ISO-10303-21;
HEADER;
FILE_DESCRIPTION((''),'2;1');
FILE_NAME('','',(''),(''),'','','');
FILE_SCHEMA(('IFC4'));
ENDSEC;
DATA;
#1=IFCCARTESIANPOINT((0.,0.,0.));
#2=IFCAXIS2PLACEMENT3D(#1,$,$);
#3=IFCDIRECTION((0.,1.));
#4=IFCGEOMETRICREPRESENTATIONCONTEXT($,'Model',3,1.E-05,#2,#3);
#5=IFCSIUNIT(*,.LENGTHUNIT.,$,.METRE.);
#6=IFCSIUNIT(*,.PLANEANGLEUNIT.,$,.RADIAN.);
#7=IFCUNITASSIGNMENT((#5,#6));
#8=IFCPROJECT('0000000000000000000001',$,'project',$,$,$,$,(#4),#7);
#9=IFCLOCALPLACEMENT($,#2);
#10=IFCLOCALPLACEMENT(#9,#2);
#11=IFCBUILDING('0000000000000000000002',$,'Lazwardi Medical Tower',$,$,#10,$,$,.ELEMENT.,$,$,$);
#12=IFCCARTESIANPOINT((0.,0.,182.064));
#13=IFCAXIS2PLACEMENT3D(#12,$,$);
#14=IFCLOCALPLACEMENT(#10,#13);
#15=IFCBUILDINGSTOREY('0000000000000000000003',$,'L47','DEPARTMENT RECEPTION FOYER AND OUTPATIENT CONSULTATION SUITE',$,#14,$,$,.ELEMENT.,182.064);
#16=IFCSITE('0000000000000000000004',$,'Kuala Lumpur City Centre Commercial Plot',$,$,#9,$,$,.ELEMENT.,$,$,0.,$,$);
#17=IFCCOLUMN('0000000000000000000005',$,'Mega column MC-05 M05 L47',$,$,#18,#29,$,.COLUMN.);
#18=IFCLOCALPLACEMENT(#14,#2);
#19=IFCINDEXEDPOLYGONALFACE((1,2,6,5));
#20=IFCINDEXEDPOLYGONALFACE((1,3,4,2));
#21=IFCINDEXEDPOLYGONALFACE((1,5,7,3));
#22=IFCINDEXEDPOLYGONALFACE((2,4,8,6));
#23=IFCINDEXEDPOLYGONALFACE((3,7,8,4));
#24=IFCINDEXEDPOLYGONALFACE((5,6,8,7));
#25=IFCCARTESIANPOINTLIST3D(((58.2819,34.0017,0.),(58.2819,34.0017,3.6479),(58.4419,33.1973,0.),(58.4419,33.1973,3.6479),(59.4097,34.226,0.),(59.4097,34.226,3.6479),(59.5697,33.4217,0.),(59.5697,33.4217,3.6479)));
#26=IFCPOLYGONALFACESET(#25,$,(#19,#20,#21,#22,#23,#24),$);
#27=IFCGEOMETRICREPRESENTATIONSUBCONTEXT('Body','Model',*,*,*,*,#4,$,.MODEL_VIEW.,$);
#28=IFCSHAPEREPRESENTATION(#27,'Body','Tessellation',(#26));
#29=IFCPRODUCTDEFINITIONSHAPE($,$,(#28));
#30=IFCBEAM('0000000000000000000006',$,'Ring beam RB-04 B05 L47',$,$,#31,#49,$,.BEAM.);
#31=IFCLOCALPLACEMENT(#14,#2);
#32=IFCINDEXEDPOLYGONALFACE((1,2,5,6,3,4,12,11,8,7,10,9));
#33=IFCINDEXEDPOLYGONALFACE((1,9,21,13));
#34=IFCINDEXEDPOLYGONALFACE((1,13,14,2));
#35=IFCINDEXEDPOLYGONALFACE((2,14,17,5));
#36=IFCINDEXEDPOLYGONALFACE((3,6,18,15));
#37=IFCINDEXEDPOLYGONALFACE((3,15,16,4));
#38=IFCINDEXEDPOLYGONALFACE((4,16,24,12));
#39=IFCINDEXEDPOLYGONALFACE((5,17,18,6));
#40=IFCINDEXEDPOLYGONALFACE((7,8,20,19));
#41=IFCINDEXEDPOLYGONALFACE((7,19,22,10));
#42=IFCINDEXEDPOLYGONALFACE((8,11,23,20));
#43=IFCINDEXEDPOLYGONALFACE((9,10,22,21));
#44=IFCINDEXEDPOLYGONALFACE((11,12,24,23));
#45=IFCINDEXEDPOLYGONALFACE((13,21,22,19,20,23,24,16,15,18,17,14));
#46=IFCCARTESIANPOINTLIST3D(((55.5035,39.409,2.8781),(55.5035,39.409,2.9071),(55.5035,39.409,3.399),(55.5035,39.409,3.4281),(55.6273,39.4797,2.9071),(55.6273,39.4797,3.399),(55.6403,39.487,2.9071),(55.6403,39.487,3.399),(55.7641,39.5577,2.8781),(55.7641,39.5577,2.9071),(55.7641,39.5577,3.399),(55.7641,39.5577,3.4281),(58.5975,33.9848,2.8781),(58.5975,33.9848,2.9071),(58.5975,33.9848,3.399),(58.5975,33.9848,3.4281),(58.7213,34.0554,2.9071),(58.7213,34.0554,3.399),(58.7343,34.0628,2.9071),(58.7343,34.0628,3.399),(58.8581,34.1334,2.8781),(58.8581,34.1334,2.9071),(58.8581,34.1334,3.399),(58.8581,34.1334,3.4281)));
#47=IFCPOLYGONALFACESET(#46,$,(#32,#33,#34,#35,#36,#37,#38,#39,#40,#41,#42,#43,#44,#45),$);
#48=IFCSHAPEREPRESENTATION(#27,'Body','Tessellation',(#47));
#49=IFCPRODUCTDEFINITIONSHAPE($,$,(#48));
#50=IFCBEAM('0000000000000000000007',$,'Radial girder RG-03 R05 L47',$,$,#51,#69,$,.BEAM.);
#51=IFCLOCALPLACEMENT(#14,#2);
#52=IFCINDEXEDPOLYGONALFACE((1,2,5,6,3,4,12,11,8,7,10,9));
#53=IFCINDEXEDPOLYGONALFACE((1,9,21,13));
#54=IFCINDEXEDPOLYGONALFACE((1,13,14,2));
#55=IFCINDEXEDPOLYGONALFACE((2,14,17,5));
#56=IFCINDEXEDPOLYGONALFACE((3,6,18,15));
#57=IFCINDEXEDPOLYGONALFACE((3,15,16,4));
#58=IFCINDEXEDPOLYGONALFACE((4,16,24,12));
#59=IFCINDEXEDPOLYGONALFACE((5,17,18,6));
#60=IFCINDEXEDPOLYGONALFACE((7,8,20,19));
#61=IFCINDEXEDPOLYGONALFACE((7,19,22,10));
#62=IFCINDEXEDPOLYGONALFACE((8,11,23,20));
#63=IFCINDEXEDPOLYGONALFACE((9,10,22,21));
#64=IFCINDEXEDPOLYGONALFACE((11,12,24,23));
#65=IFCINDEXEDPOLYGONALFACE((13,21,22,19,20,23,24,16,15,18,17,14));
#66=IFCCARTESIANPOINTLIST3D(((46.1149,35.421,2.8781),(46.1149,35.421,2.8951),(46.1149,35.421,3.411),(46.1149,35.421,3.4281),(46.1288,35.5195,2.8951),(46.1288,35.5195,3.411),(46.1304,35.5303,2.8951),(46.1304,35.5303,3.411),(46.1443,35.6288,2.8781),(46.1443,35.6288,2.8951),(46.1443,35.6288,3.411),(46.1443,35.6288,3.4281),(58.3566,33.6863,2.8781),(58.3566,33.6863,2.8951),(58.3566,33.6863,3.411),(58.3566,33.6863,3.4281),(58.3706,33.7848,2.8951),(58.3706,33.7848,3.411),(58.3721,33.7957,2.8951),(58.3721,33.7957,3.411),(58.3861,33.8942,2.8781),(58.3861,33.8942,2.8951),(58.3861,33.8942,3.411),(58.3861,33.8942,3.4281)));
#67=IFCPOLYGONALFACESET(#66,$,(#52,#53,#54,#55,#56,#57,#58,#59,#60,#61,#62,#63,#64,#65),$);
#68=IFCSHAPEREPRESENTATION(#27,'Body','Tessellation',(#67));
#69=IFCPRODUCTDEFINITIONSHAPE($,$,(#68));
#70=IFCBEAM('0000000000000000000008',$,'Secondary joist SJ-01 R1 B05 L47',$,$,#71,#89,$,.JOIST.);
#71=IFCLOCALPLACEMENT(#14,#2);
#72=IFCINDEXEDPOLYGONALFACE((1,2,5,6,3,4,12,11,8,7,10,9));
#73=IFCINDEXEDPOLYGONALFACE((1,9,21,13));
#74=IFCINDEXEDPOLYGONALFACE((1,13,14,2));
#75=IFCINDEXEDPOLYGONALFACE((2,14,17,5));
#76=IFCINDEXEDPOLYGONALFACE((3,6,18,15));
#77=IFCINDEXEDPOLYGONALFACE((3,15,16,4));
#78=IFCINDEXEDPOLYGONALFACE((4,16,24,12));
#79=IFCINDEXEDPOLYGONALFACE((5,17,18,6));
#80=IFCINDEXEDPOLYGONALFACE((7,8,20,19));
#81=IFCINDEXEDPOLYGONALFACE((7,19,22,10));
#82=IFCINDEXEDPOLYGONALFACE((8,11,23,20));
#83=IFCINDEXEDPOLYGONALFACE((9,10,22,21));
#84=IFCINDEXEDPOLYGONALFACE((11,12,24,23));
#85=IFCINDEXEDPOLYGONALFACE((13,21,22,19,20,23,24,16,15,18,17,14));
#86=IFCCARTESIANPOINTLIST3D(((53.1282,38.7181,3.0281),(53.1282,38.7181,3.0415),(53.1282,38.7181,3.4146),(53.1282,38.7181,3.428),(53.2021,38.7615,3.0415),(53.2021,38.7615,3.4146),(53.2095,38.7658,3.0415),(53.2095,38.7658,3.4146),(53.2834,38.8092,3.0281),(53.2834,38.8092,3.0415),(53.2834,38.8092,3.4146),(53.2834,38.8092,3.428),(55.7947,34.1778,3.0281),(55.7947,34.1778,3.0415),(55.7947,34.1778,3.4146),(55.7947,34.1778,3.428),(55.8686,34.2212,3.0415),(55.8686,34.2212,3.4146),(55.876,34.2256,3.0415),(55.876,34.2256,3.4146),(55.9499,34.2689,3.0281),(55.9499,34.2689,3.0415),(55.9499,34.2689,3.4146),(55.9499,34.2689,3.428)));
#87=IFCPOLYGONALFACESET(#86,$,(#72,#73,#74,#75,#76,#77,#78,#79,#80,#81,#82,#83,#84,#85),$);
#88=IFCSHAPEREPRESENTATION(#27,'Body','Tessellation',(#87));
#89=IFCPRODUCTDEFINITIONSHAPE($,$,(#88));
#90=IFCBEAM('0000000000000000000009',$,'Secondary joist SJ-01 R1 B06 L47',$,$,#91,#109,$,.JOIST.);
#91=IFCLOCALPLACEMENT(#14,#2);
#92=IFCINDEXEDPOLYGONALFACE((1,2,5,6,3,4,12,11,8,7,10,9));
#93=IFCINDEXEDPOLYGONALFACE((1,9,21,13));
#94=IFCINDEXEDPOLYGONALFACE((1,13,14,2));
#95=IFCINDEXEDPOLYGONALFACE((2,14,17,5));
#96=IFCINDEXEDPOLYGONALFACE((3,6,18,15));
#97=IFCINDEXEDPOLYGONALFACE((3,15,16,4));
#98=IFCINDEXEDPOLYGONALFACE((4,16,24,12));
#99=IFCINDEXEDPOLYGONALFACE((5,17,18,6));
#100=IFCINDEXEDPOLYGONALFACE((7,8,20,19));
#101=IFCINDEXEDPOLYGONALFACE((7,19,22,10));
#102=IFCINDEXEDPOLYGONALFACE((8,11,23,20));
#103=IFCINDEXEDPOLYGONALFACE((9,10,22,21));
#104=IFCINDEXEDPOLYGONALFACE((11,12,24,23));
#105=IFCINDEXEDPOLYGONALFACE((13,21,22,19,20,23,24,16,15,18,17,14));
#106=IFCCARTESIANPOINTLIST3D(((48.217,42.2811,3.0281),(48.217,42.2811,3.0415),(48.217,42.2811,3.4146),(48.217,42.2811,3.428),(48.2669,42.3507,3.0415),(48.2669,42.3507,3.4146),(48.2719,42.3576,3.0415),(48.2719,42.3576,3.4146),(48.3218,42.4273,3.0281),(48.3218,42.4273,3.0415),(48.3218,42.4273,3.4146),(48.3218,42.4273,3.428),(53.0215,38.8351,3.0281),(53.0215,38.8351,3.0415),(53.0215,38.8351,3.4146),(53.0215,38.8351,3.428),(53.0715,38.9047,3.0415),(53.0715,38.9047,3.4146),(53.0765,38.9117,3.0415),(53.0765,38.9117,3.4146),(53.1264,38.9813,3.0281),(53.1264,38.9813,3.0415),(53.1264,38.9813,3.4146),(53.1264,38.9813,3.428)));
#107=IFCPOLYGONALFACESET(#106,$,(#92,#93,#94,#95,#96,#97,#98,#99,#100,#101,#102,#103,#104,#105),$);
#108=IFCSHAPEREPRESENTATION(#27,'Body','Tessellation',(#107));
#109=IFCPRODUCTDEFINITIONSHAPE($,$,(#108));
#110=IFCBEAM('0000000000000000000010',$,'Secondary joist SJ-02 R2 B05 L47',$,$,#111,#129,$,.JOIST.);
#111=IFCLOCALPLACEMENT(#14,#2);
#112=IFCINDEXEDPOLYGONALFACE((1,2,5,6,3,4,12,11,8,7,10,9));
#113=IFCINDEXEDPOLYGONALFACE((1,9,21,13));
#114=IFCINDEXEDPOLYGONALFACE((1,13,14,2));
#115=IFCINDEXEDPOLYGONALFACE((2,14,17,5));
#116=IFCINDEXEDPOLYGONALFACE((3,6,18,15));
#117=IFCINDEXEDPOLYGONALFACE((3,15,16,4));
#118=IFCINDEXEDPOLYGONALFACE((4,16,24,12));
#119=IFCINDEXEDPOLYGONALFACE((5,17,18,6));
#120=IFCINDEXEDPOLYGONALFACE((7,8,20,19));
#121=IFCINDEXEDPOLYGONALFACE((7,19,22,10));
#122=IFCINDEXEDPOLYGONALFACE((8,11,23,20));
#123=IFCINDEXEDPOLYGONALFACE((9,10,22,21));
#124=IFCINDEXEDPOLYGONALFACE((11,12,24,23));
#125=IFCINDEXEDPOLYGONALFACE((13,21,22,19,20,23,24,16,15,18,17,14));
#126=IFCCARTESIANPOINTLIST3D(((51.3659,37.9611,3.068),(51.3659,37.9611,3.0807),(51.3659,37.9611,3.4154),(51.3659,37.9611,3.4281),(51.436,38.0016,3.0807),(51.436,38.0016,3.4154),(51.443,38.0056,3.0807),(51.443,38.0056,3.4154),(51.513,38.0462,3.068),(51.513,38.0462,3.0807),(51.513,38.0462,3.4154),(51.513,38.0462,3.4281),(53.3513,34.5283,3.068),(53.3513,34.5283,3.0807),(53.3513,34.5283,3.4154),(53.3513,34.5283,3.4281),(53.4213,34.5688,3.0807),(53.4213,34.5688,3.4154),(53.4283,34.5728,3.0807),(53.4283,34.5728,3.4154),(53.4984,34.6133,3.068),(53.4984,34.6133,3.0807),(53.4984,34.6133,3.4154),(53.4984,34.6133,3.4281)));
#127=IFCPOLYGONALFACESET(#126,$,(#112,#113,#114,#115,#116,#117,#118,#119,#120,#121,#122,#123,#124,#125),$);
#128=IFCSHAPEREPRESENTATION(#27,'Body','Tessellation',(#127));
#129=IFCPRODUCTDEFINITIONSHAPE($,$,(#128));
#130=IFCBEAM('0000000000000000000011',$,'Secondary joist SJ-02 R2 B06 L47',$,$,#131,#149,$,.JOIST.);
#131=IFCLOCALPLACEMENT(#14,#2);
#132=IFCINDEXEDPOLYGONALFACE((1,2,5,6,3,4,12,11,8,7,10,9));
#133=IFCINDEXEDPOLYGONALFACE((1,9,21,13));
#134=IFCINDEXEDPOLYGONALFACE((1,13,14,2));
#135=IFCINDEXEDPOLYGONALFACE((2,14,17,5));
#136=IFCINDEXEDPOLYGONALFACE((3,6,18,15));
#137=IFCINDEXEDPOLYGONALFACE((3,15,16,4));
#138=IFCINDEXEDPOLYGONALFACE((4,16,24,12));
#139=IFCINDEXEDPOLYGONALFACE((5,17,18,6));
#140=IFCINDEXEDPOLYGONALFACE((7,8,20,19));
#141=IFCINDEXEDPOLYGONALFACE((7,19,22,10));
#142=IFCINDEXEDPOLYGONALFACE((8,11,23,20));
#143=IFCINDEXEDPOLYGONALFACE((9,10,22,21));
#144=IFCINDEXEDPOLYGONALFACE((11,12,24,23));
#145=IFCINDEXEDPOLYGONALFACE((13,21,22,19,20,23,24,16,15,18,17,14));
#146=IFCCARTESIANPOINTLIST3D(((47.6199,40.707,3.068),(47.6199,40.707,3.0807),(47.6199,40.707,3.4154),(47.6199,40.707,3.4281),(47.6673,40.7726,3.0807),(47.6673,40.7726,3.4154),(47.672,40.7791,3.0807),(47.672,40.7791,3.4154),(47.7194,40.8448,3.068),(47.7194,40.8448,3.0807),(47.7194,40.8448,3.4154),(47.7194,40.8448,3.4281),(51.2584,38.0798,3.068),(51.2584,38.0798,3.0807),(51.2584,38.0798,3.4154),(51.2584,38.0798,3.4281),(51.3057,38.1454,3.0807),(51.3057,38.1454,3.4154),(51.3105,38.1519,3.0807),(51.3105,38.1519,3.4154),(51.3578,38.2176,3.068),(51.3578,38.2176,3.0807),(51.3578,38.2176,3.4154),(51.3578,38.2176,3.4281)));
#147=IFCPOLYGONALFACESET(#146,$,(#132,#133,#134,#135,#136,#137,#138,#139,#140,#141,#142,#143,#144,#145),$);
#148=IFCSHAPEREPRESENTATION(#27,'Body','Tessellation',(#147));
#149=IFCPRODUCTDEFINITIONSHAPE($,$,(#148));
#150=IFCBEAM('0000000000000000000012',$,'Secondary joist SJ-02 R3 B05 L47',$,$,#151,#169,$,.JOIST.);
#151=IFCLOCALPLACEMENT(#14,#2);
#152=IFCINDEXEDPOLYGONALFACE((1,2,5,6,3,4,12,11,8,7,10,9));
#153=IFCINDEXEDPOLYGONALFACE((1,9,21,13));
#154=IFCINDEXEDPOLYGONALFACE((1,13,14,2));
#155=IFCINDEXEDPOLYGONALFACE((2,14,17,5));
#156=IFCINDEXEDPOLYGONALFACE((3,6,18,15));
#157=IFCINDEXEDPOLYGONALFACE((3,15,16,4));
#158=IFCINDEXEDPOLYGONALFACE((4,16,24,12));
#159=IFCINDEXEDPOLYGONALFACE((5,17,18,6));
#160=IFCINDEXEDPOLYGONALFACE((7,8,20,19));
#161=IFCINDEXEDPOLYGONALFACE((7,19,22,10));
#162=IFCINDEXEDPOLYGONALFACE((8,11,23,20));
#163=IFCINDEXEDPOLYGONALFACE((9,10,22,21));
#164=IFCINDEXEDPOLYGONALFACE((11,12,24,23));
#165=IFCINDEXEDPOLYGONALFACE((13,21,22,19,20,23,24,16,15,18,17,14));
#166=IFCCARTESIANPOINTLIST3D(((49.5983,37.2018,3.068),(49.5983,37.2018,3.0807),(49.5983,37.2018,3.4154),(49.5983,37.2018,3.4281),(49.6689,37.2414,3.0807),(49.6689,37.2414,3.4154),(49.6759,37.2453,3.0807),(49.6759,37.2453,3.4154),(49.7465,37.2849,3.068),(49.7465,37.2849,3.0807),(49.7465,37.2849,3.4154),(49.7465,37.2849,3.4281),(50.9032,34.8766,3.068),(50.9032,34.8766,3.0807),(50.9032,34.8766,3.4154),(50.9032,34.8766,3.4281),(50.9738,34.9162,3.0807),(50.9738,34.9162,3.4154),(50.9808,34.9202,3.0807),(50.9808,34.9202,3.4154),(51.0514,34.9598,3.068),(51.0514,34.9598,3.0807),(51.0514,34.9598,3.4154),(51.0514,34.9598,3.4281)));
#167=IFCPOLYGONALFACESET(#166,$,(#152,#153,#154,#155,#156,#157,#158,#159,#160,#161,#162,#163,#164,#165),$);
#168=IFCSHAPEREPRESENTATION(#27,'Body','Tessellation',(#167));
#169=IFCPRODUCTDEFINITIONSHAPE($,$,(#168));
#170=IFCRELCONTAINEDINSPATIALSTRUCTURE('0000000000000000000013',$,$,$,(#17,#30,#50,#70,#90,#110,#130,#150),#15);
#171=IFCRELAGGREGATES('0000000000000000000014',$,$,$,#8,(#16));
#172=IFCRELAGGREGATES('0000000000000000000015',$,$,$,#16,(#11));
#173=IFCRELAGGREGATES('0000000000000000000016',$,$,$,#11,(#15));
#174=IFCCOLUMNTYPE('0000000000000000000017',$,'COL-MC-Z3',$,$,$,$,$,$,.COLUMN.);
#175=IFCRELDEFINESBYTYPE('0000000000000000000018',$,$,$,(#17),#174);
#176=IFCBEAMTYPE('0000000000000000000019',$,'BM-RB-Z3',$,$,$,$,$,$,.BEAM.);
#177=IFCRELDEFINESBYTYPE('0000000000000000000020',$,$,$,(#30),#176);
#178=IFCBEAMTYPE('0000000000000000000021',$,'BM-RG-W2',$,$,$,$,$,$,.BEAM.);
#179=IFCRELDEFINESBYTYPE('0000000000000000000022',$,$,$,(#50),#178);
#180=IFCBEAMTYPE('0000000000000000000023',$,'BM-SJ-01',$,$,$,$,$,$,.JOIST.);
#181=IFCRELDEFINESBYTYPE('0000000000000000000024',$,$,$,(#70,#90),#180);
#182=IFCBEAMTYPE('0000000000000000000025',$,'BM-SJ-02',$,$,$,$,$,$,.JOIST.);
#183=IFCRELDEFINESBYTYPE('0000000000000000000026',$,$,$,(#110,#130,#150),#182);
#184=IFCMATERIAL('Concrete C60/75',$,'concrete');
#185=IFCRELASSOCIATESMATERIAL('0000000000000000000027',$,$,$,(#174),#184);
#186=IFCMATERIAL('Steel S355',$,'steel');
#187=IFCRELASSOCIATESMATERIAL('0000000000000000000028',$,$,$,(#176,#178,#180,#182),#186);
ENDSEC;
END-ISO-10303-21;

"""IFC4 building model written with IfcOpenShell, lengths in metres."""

from ifc_helpers import new_model, si_unit, direction, frame, origin, origin_2d, place, context, subcontext, project, spatial, rectangle, i_section, extrude, material, material_profile, profile_set, type_object, element, save


model = new_model("IFC4")

# Units and contexts
model_context = context("Model", 3, precision=1e-05, world=origin(), true_north=direction((0.0, 1.0)))
body_context = subcontext(model_context, "Body", "Model", "MODEL_VIEW")
ifc_project = project(units=[si_unit("LENGTHUNIT", "METRE"), si_unit("PLANEANGLEUNIT", "RADIAN")], contexts=[model_context])

# Site, building, storey
site_placement = place(None, origin())
site = spatial("IfcSite", under=ifc_project, at=site_placement, Name="Kuala Lumpur City Centre Commercial Plot", CompositionType="ELEMENT", RefElevation=0.0)
building_placement = place(site_placement, origin())
building = spatial("IfcBuilding", under=site, at=building_placement, Name="Lazwardi Medical Tower", CompositionType="ELEMENT")
storey_placement = place(building_placement, frame((0.0, 0.0, 182.064)))
storey = spatial("IfcBuildingStorey", under=building, at=storey_placement, Name="L47", Description="DEPARTMENT RECEPTION FOYER AND OUTPATIENT CONSULTATION SUITE", CompositionType="ELEMENT", Elevation=182.064)

# Column
ifc_material_1 = material(Name="Concrete C60/75", Category="concrete")
ifc_material_profile_1 = material_profile(ifc_material_1, rectangle(XDim=1.1499, YDim=0.8201, at=origin_2d()), Name="CFT-RECT 1150x820")
ifc_profile_set_1 = profile_set([ifc_material_profile_1], Name="Concrete C60/75")
column_type = type_object("IfcColumnType", Name="COL-MC-Z3", PredefinedType="COLUMN", material=ifc_profile_set_1)
column_placement = place(storey_placement, frame((58.9258, 33.7117, 0.0), z_axis=(0.0, 0.0, 1.0), x_axis=(0.980785, 0.19509, 0.0)))
element("IfcColumn", 1, at=column_placement, inside=storey, type_object=column_type, Name="Mega column MC-05 M05 L47", PredefinedType="COLUMN", context=body_context, shape_type="SweptSolid", body=[
    extrude(rectangle(XDim=1.1499, YDim=0.8201, at=origin_2d()), origin(), (0.0, 0.0, 1.0), 3.6479),
])

# Beams
ifc_material_2 = material(Name="Steel S355", Category="steel")
ifc_material_profile_2 = material_profile(ifc_material_2, i_section(OverallWidth=0.3, OverallDepth=0.55, WebThickness=0.0149, FlangeThickness=0.0291, at=origin_2d()), Name="HEB 550")
ifc_profile_set_2 = profile_set([ifc_material_profile_2], Name="Steel S355")
beam_type_1 = type_object("IfcBeamType", Name="BM-RB-Z3", PredefinedType="BEAM", material=ifc_profile_set_2)
beam_1_placement = place(storey_placement, frame((58.7278, 34.0591, 3.1531), z_axis=(-0.495461, 0.86863, 0.0), x_axis=(-0.86863, -0.495461, 0.0)))
element("IfcBeam", 2, at=beam_1_placement, inside=storey, type_object=beam_type_1, Name="Ring beam RB-04 B05 L47", PredefinedType="BEAM", context=body_context, shape_type="SweptSolid", body=[
    extrude(i_section(OverallWidth=0.3, OverallDepth=0.55, WebThickness=0.0149, FlangeThickness=0.0291, at=origin_2d()), origin(), (0.0, 0.0, 1.0), 6.2446),
])
ifc_material_profile_3 = material_profile(ifc_material_2, i_section(OverallWidth=0.21, OverallDepth=0.55, WebThickness=0.011, FlangeThickness=0.0171, at=origin_2d()), Name="IPE 550")
ifc_profile_set_3 = profile_set([ifc_material_profile_3], Name="Steel S355")
beam_type_2 = type_object("IfcBeamType", Name="BM-RG-W2", PredefinedType="BEAM", material=ifc_profile_set_3)
beam_2_placement = place(storey_placement, frame((58.3713, 33.7903, 3.1531), z_axis=(-0.99011, 0.140296, 0.0), x_axis=(-0.140296, -0.99011, 0.0)))
element("IfcBeam", 3, at=beam_2_placement, inside=storey, type_object=beam_type_2, Name="Radial girder RG-03 R05 L47", PredefinedType="BEAM", context=body_context, shape_type="SweptSolid", body=[
    extrude(i_section(OverallWidth=0.21, OverallDepth=0.55, WebThickness=0.011, FlangeThickness=0.0171, at=origin_2d()), origin(), (0.0, 0.0, 1.0), 12.364),
])
ifc_material_profile_4 = material_profile(ifc_material_2, i_section(OverallWidth=0.1799, OverallDepth=0.3999, WebThickness=0.0085, FlangeThickness=0.0134, at=origin_2d()), Name="IPE 400")
ifc_profile_set_4 = profile_set([ifc_material_profile_4], Name="Steel S355")
beam_type_3 = type_object("IfcBeamType", Name="BM-SJ-01", PredefinedType="JOIST", material=ifc_profile_set_4)
beam_3_placement = place(storey_placement, frame((55.8723, 34.2234, 3.228), z_axis=(-0.50642, 0.862287, 0.0), x_axis=(-0.862287, -0.50642, 0.0)))
element("IfcBeam", 4, at=beam_3_placement, inside=storey, type_object=beam_type_3, Name="Secondary joist SJ-01 R1 B05 L47", PredefinedType="JOIST", context=body_context, shape_type="SweptSolid", body=[
    extrude(i_section(OverallWidth=0.1799, OverallDepth=0.3999, WebThickness=0.0085, FlangeThickness=0.0134, at=origin_2d()), origin(), (0.0, 0.0, 1.0), 5.2654),
])
beam_4_placement = place(storey_placement, frame((53.074, 38.9082, 3.228), z_axis=(-0.812602, 0.582819, 0.0), x_axis=(-0.582819, -0.812602, 0.0)))
element("IfcBeam", 5, at=beam_4_placement, inside=storey, type_object=beam_type_3, Name="Secondary joist SJ-01 R1 B06 L47", PredefinedType="JOIST", context=body_context, shape_type="SweptSolid", body=[
    extrude(i_section(OverallWidth=0.1799, OverallDepth=0.3999, WebThickness=0.0085, FlangeThickness=0.0134, at=origin_2d()), origin(), (0.0, 0.0, 1.0), 5.9126),
])
ifc_material_profile_5 = material_profile(ifc_material_2, i_section(OverallWidth=0.1699, OverallDepth=0.3601, WebThickness=0.0081, FlangeThickness=0.0127, at=origin_2d()), Name="IPE 360")
ifc_profile_set_5 = profile_set([ifc_material_profile_5], Name="Steel S355")
beam_type_4 = type_object("IfcBeamType", Name="BM-SJ-02", PredefinedType="JOIST", material=ifc_profile_set_5)
beam_5_placement = place(storey_placement, frame((53.4248, 34.5708, 3.248), z_axis=(-0.500641, 0.865655, 0.0), x_axis=(-0.865655, -0.500641, 0.0)))
element("IfcBeam", 6, at=beam_5_placement, inside=storey, type_object=beam_type_4, Name="Secondary joist SJ-02 R2 B05 L47", PredefinedType="JOIST", context=body_context, shape_type="SweptSolid", body=[
    extrude(i_section(OverallWidth=0.1699, OverallDepth=0.3601, WebThickness=0.0081, FlangeThickness=0.0127, at=origin_2d()), origin(), (0.0, 0.0, 1.0), 3.9656),
])
beam_6_placement = place(storey_placement, frame((51.3081, 38.1487, 3.248), z_axis=(-0.810738, 0.585409, 0.0), x_axis=(-0.585409, -0.810738, 0.0)))
element("IfcBeam", 7, at=beam_6_placement, inside=storey, type_object=beam_type_4, Name="Secondary joist SJ-02 R2 B06 L47", PredefinedType="JOIST", context=body_context, shape_type="SweptSolid", body=[
    extrude(i_section(OverallWidth=0.1699, OverallDepth=0.3601, WebThickness=0.0081, FlangeThickness=0.0127, at=origin_2d()), origin(), (0.0, 0.0, 1.0), 4.4878),
])
beam_7_placement = place(storey_placement, frame((50.9773, 34.9182, 3.248), z_axis=(-0.489409, 0.872054, 0.0), x_axis=(-0.872054, -0.489409, 0.0)))
element("IfcBeam", 8, at=beam_7_placement, inside=storey, type_object=beam_type_4, Name="Secondary joist SJ-02 R3 B05 L47", PredefinedType="JOIST", context=body_context, shape_type="SweptSolid", body=[
    extrude(i_section(OverallWidth=0.1699, OverallDepth=0.3601, WebThickness=0.0081, FlangeThickness=0.0127, at=origin_2d()), origin(), (0.0, 0.0, 1.0), 2.6663),
])

save(model, "model.ifc")
